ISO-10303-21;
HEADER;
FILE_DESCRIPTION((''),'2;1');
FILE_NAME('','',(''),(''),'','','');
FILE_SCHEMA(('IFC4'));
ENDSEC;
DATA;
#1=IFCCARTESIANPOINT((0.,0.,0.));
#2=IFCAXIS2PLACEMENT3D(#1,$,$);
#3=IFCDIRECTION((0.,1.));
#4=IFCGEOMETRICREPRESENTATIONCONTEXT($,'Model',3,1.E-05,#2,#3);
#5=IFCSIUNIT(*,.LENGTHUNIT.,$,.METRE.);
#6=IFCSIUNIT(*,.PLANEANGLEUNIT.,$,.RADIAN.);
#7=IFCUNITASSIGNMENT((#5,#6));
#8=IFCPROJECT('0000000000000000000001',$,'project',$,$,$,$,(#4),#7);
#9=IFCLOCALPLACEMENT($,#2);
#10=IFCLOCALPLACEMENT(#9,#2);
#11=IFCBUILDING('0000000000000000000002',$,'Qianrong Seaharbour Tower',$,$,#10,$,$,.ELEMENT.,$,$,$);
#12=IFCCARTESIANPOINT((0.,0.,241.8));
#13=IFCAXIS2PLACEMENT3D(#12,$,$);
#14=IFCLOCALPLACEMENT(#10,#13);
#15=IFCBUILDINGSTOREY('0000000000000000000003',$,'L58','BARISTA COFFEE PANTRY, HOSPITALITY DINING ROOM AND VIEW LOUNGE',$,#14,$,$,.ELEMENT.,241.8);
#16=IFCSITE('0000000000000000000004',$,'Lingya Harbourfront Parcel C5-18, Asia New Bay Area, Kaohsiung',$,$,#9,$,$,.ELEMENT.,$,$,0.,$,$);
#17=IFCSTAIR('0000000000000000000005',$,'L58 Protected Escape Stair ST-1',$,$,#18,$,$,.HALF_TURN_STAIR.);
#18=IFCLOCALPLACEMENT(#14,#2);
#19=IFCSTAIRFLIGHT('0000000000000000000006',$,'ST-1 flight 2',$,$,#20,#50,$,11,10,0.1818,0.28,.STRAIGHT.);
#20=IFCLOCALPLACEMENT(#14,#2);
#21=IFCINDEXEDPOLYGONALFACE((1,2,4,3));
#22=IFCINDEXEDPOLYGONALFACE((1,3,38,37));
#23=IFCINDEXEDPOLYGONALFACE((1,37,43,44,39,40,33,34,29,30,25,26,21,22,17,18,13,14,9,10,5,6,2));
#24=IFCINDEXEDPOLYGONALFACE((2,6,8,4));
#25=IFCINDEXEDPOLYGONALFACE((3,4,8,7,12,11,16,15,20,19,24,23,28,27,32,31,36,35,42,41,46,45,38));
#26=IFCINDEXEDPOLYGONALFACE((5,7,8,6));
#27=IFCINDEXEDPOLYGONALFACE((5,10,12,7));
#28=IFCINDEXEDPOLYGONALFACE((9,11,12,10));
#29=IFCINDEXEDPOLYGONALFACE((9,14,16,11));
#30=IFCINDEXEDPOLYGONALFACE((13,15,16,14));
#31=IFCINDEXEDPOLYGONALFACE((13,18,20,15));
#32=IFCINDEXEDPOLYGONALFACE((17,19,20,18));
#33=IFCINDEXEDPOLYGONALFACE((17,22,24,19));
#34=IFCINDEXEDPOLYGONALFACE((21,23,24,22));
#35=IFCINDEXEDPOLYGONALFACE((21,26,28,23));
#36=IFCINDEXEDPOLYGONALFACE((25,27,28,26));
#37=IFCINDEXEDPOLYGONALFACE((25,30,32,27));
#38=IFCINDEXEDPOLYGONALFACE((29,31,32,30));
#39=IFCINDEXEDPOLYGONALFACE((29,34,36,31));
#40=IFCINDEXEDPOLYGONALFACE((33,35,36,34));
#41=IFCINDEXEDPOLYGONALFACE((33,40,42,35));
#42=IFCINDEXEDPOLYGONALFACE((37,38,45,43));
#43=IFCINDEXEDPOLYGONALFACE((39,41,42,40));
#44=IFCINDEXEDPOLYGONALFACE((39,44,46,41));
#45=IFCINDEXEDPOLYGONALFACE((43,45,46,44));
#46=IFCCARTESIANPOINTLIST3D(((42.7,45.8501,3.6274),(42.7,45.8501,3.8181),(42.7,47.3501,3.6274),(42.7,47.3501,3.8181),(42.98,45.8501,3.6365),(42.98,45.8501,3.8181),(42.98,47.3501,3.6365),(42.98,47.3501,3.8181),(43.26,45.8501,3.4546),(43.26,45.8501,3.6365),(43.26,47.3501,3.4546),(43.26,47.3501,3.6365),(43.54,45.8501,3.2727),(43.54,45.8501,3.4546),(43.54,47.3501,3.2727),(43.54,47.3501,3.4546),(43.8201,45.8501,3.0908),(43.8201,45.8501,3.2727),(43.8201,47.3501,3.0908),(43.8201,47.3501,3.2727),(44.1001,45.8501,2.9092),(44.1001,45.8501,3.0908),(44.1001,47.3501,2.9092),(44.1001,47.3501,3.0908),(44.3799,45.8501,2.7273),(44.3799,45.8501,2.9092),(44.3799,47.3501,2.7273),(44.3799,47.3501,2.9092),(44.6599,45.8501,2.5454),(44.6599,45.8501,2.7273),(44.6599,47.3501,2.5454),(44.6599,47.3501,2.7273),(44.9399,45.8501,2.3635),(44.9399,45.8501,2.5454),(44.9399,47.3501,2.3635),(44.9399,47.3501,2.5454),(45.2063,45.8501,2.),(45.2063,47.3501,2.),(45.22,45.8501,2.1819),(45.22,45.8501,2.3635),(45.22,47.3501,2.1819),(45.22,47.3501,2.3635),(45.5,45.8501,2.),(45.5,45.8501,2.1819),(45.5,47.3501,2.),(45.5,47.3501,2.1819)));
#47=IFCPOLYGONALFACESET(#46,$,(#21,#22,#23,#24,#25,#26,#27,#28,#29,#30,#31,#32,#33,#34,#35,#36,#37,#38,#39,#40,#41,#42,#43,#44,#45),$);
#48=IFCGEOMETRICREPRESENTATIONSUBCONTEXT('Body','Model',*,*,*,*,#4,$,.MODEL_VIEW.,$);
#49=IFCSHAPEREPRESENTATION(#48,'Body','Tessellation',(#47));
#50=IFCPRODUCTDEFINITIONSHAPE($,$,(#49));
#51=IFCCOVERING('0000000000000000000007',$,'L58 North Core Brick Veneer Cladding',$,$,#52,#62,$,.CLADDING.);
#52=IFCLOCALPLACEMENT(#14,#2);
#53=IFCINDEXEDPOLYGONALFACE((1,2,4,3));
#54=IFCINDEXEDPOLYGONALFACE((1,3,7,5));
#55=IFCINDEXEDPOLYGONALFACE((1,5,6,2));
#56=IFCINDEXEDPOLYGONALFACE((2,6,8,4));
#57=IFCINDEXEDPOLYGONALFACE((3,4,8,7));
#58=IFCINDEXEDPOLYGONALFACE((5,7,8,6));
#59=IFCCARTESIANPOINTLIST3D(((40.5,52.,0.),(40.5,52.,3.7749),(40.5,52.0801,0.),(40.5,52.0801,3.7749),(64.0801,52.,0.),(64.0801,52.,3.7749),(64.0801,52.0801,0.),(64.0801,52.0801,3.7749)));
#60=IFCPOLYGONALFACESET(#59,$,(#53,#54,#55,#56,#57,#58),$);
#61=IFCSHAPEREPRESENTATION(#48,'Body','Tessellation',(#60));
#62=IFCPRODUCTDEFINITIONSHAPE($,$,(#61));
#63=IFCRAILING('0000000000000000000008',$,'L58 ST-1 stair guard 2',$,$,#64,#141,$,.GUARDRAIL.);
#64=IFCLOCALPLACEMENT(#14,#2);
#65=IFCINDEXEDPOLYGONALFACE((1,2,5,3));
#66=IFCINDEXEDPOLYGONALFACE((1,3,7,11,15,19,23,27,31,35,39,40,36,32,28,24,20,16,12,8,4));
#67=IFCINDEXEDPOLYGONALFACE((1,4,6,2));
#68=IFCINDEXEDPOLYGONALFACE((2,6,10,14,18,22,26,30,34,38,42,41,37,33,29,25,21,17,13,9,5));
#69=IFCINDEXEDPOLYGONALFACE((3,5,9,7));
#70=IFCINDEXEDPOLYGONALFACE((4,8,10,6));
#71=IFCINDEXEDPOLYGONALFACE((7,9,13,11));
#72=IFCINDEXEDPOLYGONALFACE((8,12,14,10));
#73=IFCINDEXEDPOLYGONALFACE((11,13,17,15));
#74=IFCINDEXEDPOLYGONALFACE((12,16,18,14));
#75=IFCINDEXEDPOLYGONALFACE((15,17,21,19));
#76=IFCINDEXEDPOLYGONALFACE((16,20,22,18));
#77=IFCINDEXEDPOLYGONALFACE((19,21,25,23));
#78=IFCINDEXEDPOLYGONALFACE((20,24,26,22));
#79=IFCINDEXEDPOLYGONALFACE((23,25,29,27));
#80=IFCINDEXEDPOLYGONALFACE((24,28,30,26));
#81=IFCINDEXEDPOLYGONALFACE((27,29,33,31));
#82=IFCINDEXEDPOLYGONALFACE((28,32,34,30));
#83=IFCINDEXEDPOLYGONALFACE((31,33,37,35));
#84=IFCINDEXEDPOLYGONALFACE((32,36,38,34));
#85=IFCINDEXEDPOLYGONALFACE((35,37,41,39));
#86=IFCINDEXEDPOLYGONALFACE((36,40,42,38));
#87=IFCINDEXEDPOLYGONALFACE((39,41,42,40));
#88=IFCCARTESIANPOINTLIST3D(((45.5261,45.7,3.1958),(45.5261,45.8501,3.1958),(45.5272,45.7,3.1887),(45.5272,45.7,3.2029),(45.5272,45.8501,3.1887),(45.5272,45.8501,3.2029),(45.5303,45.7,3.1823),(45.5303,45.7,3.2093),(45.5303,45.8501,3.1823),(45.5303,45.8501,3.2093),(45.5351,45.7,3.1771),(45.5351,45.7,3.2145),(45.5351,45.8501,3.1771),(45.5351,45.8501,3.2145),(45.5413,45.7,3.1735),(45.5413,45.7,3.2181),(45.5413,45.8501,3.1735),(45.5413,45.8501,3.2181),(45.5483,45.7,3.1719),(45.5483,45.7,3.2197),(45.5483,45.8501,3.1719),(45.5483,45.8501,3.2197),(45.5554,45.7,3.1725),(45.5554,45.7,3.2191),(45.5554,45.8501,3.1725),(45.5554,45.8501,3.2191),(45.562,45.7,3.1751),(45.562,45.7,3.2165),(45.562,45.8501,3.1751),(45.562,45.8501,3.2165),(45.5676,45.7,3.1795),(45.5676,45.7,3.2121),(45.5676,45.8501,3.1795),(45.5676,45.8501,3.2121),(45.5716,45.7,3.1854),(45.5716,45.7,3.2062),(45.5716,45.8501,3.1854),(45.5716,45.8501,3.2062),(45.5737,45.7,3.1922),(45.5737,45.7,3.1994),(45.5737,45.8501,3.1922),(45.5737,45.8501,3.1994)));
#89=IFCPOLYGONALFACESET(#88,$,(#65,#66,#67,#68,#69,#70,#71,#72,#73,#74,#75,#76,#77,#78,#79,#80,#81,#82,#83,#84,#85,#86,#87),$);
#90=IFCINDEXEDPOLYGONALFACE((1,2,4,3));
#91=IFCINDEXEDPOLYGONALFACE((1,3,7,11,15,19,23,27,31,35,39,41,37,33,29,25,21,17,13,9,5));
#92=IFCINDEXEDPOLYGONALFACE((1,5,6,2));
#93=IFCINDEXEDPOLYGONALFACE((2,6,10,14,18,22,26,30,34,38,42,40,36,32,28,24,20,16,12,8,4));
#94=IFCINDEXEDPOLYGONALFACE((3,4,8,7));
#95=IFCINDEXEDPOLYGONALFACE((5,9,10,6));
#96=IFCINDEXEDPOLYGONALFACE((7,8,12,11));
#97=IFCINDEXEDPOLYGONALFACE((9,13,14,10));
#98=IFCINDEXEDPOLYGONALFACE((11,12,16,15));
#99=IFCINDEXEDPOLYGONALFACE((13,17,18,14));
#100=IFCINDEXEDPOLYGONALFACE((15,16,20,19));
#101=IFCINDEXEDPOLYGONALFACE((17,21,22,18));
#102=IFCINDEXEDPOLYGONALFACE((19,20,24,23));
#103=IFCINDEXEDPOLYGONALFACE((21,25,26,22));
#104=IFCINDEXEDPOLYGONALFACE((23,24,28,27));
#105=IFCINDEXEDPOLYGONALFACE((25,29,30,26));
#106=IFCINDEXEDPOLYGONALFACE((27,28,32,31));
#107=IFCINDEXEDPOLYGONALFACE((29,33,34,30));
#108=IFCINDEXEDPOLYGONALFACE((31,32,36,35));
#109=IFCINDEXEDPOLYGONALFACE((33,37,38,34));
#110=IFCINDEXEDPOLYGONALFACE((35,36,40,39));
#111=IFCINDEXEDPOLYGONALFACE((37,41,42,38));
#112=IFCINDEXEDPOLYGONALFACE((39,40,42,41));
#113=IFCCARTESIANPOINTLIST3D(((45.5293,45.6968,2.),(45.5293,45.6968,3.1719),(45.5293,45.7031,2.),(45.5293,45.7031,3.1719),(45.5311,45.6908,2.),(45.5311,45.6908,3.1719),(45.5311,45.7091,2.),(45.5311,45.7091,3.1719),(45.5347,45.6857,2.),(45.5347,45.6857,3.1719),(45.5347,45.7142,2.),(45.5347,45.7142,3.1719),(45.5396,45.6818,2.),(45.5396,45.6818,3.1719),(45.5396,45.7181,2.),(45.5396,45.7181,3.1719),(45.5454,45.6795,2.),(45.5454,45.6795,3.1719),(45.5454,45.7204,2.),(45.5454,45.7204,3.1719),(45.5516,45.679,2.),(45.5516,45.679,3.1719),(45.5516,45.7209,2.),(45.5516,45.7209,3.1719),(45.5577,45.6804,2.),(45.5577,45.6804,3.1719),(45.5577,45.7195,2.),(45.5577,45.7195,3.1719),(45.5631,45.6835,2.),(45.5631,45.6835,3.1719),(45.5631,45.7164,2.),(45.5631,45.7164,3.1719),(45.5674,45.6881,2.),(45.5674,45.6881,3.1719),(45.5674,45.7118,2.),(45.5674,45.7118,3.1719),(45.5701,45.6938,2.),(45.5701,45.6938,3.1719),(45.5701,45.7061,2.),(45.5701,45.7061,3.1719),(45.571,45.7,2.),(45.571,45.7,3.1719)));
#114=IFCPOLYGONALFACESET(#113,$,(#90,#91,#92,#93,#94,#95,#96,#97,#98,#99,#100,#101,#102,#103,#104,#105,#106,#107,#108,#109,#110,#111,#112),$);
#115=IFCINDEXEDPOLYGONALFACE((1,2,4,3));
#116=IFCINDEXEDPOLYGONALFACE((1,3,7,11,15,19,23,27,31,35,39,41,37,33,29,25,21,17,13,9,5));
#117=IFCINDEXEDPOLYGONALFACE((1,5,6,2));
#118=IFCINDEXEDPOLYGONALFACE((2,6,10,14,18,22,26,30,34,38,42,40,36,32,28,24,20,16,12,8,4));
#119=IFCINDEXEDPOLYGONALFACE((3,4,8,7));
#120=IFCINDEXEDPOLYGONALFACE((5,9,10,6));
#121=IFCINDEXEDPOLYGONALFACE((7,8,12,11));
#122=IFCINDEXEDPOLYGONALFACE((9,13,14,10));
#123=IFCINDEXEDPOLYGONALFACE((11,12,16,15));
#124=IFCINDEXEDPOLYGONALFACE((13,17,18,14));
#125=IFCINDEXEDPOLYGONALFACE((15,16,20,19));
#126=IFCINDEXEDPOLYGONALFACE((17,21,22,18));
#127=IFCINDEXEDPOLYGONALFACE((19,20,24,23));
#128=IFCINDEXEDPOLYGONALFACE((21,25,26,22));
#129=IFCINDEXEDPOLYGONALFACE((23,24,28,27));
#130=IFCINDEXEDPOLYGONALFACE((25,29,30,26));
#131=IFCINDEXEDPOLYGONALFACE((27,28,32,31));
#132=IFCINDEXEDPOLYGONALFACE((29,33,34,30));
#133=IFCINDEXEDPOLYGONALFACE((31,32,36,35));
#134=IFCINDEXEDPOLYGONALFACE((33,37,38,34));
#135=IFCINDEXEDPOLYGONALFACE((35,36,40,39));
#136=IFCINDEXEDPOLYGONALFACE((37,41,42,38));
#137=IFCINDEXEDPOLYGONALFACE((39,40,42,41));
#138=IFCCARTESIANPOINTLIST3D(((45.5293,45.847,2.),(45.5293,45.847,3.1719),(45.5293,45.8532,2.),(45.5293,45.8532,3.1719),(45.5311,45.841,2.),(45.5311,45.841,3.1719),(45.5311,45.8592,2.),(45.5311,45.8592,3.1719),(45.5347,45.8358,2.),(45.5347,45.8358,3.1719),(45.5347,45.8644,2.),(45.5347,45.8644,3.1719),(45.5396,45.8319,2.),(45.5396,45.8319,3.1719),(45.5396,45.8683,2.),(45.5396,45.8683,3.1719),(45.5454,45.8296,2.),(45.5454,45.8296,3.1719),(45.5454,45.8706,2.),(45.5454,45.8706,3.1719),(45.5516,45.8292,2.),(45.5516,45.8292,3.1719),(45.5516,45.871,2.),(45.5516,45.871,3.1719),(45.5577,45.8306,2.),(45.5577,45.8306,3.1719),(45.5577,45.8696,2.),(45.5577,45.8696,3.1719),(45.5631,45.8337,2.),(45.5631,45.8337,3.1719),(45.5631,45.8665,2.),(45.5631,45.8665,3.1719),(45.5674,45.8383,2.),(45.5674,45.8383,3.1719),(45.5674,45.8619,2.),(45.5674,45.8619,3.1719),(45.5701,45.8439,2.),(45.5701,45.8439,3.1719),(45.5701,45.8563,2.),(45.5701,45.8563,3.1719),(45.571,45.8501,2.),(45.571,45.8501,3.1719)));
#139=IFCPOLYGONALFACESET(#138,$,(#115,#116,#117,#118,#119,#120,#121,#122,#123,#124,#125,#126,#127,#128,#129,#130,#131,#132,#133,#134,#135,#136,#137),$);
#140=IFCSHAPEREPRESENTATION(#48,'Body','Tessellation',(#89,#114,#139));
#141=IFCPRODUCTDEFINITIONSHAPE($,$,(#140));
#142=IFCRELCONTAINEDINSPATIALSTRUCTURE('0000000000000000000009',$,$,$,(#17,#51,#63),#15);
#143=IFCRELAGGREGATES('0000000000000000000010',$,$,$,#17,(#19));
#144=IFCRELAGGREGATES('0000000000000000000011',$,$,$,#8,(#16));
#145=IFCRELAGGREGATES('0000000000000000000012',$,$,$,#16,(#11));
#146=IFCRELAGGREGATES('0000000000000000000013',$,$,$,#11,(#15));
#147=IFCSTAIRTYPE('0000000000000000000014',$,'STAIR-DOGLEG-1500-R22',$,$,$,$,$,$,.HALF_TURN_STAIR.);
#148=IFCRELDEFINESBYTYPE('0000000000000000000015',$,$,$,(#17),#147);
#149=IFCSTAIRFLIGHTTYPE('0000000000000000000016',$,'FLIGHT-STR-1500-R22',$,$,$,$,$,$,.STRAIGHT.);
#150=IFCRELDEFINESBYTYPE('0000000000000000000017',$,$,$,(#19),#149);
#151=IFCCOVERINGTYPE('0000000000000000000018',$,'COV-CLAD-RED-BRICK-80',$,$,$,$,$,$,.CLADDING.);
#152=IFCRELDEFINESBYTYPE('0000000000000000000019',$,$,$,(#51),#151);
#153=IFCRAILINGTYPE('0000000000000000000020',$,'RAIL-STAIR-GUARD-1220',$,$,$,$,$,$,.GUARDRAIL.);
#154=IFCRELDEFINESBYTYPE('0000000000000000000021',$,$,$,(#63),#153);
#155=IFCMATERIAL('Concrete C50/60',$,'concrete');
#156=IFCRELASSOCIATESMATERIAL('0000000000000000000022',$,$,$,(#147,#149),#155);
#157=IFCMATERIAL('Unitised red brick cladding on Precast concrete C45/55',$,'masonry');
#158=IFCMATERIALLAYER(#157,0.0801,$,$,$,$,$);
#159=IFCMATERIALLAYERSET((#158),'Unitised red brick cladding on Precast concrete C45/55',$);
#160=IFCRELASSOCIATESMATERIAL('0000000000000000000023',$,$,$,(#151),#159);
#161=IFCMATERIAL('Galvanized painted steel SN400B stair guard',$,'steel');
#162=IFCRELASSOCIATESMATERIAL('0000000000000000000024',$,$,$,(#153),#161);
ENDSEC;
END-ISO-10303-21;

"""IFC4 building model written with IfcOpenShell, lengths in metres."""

from ifc_helpers import new_model, si_unit, direction, frame, origin, origin_2d, place, context, subcontext, project, spatial, polyline, rectangle, circle, outline, extrude, material, layer, layer_set, type_object, element, aggregate, save


model = new_model("IFC4")

# Units and contexts
model_context = context("Model", 3, precision=1e-05, world=origin(), true_north=direction((0.0, 1.0)))
body_context = subcontext(model_context, "Body", "Model", "MODEL_VIEW")
ifc_project = project(units=[si_unit("LENGTHUNIT", "METRE"), si_unit("PLANEANGLEUNIT", "RADIAN")], contexts=[model_context])

# Site, building, storey
site_placement = place(None, origin())
site = spatial("IfcSite", under=ifc_project, at=site_placement, Name="Lingya Harbourfront Parcel C5-18, Asia New Bay Area, Kaohsiung", CompositionType="ELEMENT", RefElevation=0.0)
building_placement = place(site_placement, origin())
building = spatial("IfcBuilding", under=site, at=building_placement, Name="Qianrong Seaharbour Tower", CompositionType="ELEMENT")
storey_placement = place(building_placement, frame((0.0, 0.0, 241.8)))
storey = spatial("IfcBuildingStorey", under=building, at=storey_placement, Name="L58", Description="BARISTA COFFEE PANTRY, HOSPITALITY DINING ROOM AND VIEW LOUNGE", CompositionType="ELEMENT", Elevation=241.8)

# Shared definitions
ifc_material_1 = material(Name="Concrete C50/60", Category="concrete")

# Stair, stair flight
stair_type = type_object("IfcStairType", Name="STAIR-DOGLEG-1500-R22", PredefinedType="HALF_TURN_STAIR", material=ifc_material_1)
stair_placement = place(storey_placement, origin())
stair = element("IfcStair", 1, at=stair_placement, inside=storey, type_object=stair_type, Name="L58 Protected Escape Stair ST-1", PredefinedType="HALF_TURN_STAIR")
stair_flight_type = type_object("IfcStairFlightType", Name="FLIGHT-STR-1500-R22", PredefinedType="STRAIGHT", material=ifc_material_1)
stair_flight_placement = place(storey_placement, frame((45.5, 46.6001, 2.0), z_axis=(0.0, 0.0, 1.0), x_axis=(-1.0, 0.0, 0.0)))
stair_flight = element("IfcStairFlight", 2, at=stair_flight_placement, type_object=stair_flight_type, Name="ST-1 flight 2", NumberOfRisers=11, NumberOfTreads=10, PredefinedType="STRAIGHT", RiserHeight=0.1818, TreadLength=0.28, context=body_context, shape_type="SweptSolid", body=[
    extrude(outline(polyline([(0.0, 0.0), (0.0, 0.1819), (0.28, 0.1819), (0.28, 0.3635), (0.5601, 0.3635), (0.5601, 0.5454), (0.8401, 0.5454), (0.8401, 0.7273), (1.1201, 0.7273), (1.1201, 0.9092), (1.3999, 0.9092), (1.3999, 1.0908), (1.6799, 1.0908), (1.6799, 1.2727), (1.96, 1.2727), (1.96, 1.4546), (2.24, 1.4546), (2.24, 1.6365), (2.52, 1.6365), (2.52, 1.8181), (2.8, 1.8181), (2.8, 2.0), (2.8, 1.6274), (0.2937, 0.0), (0.0, 0.0)])), frame((0.0, 0.75, 0.0), z_axis=(0.0, -1.0, 0.0), x_axis=(1.0, 0.0, 0.0)), (0.0, 0.0, 1.0), 1.5),
])
aggregate(stair, [stair_flight])

# Covering
ifc_material_2 = material(Name="Unitised red brick cladding on Precast concrete C45/55", Category="masonry")
ifc_layer_1 = layer(ifc_material_2, 0.0801)
ifc_layer_set_1 = layer_set([ifc_layer_1], Name="Unitised red brick cladding on Precast concrete C45/55")
covering_type = type_object("IfcCoveringType", Name="COV-CLAD-RED-BRICK-80", PredefinedType="CLADDING", material=ifc_layer_set_1)
covering_placement = place(storey_placement, frame((52.29, 52.04, 0.0), z_axis=(0.0, 0.0, 1.0), x_axis=(1.0, 0.0, 0.0)))
element("IfcCovering", 3, at=covering_placement, inside=storey, type_object=covering_type, Name="L58 North Core Brick Veneer Cladding", PredefinedType="CLADDING", context=body_context, shape_type="SweptSolid", body=[
    extrude(rectangle(XDim=23.5801, YDim=0.0801, at=origin_2d()), origin(), (0.0, 0.0, 1.0), 3.7749),
])

# Railing
ifc_material_3 = material(Name="Galvanized painted steel SN400B stair guard", Category="steel")
railing_type_1 = type_object("IfcRailingType", Name="RAIL-STAIR-GUARD-1220", PredefinedType="GUARDRAIL", material=ifc_material_3)
railing_1_placement = place(storey_placement, frame((45.55, 45.7, 2.0)))
element("IfcRailing", 4, at=railing_1_placement, inside=storey, type_object=railing_type_1, Name="L58 ST-1 stair guard 2", PredefinedType="GUARDRAIL", context=body_context, shape_type="SweptSolid", body=[
    extrude(circle(Radius=0.0239, at=origin_2d()), frame((0.0, 0.0, 1.1958), z_axis=(0.0, 1.0, 0.0), x_axis=(-1.0, 0.0, 0.0)), (0.0, 0.0, 1.0), 0.1501),
    extrude(circle(Radius=0.021, at=origin_2d()), origin(), (0.0, 0.0, 1.0), 1.1719),
    extrude(circle(Radius=0.021, at=origin_2d()), frame((0.0, 0.1501, 0.0)), (0.0, 0.0, 1.0), 1.1719),
])

save(model, "model.ifc")
